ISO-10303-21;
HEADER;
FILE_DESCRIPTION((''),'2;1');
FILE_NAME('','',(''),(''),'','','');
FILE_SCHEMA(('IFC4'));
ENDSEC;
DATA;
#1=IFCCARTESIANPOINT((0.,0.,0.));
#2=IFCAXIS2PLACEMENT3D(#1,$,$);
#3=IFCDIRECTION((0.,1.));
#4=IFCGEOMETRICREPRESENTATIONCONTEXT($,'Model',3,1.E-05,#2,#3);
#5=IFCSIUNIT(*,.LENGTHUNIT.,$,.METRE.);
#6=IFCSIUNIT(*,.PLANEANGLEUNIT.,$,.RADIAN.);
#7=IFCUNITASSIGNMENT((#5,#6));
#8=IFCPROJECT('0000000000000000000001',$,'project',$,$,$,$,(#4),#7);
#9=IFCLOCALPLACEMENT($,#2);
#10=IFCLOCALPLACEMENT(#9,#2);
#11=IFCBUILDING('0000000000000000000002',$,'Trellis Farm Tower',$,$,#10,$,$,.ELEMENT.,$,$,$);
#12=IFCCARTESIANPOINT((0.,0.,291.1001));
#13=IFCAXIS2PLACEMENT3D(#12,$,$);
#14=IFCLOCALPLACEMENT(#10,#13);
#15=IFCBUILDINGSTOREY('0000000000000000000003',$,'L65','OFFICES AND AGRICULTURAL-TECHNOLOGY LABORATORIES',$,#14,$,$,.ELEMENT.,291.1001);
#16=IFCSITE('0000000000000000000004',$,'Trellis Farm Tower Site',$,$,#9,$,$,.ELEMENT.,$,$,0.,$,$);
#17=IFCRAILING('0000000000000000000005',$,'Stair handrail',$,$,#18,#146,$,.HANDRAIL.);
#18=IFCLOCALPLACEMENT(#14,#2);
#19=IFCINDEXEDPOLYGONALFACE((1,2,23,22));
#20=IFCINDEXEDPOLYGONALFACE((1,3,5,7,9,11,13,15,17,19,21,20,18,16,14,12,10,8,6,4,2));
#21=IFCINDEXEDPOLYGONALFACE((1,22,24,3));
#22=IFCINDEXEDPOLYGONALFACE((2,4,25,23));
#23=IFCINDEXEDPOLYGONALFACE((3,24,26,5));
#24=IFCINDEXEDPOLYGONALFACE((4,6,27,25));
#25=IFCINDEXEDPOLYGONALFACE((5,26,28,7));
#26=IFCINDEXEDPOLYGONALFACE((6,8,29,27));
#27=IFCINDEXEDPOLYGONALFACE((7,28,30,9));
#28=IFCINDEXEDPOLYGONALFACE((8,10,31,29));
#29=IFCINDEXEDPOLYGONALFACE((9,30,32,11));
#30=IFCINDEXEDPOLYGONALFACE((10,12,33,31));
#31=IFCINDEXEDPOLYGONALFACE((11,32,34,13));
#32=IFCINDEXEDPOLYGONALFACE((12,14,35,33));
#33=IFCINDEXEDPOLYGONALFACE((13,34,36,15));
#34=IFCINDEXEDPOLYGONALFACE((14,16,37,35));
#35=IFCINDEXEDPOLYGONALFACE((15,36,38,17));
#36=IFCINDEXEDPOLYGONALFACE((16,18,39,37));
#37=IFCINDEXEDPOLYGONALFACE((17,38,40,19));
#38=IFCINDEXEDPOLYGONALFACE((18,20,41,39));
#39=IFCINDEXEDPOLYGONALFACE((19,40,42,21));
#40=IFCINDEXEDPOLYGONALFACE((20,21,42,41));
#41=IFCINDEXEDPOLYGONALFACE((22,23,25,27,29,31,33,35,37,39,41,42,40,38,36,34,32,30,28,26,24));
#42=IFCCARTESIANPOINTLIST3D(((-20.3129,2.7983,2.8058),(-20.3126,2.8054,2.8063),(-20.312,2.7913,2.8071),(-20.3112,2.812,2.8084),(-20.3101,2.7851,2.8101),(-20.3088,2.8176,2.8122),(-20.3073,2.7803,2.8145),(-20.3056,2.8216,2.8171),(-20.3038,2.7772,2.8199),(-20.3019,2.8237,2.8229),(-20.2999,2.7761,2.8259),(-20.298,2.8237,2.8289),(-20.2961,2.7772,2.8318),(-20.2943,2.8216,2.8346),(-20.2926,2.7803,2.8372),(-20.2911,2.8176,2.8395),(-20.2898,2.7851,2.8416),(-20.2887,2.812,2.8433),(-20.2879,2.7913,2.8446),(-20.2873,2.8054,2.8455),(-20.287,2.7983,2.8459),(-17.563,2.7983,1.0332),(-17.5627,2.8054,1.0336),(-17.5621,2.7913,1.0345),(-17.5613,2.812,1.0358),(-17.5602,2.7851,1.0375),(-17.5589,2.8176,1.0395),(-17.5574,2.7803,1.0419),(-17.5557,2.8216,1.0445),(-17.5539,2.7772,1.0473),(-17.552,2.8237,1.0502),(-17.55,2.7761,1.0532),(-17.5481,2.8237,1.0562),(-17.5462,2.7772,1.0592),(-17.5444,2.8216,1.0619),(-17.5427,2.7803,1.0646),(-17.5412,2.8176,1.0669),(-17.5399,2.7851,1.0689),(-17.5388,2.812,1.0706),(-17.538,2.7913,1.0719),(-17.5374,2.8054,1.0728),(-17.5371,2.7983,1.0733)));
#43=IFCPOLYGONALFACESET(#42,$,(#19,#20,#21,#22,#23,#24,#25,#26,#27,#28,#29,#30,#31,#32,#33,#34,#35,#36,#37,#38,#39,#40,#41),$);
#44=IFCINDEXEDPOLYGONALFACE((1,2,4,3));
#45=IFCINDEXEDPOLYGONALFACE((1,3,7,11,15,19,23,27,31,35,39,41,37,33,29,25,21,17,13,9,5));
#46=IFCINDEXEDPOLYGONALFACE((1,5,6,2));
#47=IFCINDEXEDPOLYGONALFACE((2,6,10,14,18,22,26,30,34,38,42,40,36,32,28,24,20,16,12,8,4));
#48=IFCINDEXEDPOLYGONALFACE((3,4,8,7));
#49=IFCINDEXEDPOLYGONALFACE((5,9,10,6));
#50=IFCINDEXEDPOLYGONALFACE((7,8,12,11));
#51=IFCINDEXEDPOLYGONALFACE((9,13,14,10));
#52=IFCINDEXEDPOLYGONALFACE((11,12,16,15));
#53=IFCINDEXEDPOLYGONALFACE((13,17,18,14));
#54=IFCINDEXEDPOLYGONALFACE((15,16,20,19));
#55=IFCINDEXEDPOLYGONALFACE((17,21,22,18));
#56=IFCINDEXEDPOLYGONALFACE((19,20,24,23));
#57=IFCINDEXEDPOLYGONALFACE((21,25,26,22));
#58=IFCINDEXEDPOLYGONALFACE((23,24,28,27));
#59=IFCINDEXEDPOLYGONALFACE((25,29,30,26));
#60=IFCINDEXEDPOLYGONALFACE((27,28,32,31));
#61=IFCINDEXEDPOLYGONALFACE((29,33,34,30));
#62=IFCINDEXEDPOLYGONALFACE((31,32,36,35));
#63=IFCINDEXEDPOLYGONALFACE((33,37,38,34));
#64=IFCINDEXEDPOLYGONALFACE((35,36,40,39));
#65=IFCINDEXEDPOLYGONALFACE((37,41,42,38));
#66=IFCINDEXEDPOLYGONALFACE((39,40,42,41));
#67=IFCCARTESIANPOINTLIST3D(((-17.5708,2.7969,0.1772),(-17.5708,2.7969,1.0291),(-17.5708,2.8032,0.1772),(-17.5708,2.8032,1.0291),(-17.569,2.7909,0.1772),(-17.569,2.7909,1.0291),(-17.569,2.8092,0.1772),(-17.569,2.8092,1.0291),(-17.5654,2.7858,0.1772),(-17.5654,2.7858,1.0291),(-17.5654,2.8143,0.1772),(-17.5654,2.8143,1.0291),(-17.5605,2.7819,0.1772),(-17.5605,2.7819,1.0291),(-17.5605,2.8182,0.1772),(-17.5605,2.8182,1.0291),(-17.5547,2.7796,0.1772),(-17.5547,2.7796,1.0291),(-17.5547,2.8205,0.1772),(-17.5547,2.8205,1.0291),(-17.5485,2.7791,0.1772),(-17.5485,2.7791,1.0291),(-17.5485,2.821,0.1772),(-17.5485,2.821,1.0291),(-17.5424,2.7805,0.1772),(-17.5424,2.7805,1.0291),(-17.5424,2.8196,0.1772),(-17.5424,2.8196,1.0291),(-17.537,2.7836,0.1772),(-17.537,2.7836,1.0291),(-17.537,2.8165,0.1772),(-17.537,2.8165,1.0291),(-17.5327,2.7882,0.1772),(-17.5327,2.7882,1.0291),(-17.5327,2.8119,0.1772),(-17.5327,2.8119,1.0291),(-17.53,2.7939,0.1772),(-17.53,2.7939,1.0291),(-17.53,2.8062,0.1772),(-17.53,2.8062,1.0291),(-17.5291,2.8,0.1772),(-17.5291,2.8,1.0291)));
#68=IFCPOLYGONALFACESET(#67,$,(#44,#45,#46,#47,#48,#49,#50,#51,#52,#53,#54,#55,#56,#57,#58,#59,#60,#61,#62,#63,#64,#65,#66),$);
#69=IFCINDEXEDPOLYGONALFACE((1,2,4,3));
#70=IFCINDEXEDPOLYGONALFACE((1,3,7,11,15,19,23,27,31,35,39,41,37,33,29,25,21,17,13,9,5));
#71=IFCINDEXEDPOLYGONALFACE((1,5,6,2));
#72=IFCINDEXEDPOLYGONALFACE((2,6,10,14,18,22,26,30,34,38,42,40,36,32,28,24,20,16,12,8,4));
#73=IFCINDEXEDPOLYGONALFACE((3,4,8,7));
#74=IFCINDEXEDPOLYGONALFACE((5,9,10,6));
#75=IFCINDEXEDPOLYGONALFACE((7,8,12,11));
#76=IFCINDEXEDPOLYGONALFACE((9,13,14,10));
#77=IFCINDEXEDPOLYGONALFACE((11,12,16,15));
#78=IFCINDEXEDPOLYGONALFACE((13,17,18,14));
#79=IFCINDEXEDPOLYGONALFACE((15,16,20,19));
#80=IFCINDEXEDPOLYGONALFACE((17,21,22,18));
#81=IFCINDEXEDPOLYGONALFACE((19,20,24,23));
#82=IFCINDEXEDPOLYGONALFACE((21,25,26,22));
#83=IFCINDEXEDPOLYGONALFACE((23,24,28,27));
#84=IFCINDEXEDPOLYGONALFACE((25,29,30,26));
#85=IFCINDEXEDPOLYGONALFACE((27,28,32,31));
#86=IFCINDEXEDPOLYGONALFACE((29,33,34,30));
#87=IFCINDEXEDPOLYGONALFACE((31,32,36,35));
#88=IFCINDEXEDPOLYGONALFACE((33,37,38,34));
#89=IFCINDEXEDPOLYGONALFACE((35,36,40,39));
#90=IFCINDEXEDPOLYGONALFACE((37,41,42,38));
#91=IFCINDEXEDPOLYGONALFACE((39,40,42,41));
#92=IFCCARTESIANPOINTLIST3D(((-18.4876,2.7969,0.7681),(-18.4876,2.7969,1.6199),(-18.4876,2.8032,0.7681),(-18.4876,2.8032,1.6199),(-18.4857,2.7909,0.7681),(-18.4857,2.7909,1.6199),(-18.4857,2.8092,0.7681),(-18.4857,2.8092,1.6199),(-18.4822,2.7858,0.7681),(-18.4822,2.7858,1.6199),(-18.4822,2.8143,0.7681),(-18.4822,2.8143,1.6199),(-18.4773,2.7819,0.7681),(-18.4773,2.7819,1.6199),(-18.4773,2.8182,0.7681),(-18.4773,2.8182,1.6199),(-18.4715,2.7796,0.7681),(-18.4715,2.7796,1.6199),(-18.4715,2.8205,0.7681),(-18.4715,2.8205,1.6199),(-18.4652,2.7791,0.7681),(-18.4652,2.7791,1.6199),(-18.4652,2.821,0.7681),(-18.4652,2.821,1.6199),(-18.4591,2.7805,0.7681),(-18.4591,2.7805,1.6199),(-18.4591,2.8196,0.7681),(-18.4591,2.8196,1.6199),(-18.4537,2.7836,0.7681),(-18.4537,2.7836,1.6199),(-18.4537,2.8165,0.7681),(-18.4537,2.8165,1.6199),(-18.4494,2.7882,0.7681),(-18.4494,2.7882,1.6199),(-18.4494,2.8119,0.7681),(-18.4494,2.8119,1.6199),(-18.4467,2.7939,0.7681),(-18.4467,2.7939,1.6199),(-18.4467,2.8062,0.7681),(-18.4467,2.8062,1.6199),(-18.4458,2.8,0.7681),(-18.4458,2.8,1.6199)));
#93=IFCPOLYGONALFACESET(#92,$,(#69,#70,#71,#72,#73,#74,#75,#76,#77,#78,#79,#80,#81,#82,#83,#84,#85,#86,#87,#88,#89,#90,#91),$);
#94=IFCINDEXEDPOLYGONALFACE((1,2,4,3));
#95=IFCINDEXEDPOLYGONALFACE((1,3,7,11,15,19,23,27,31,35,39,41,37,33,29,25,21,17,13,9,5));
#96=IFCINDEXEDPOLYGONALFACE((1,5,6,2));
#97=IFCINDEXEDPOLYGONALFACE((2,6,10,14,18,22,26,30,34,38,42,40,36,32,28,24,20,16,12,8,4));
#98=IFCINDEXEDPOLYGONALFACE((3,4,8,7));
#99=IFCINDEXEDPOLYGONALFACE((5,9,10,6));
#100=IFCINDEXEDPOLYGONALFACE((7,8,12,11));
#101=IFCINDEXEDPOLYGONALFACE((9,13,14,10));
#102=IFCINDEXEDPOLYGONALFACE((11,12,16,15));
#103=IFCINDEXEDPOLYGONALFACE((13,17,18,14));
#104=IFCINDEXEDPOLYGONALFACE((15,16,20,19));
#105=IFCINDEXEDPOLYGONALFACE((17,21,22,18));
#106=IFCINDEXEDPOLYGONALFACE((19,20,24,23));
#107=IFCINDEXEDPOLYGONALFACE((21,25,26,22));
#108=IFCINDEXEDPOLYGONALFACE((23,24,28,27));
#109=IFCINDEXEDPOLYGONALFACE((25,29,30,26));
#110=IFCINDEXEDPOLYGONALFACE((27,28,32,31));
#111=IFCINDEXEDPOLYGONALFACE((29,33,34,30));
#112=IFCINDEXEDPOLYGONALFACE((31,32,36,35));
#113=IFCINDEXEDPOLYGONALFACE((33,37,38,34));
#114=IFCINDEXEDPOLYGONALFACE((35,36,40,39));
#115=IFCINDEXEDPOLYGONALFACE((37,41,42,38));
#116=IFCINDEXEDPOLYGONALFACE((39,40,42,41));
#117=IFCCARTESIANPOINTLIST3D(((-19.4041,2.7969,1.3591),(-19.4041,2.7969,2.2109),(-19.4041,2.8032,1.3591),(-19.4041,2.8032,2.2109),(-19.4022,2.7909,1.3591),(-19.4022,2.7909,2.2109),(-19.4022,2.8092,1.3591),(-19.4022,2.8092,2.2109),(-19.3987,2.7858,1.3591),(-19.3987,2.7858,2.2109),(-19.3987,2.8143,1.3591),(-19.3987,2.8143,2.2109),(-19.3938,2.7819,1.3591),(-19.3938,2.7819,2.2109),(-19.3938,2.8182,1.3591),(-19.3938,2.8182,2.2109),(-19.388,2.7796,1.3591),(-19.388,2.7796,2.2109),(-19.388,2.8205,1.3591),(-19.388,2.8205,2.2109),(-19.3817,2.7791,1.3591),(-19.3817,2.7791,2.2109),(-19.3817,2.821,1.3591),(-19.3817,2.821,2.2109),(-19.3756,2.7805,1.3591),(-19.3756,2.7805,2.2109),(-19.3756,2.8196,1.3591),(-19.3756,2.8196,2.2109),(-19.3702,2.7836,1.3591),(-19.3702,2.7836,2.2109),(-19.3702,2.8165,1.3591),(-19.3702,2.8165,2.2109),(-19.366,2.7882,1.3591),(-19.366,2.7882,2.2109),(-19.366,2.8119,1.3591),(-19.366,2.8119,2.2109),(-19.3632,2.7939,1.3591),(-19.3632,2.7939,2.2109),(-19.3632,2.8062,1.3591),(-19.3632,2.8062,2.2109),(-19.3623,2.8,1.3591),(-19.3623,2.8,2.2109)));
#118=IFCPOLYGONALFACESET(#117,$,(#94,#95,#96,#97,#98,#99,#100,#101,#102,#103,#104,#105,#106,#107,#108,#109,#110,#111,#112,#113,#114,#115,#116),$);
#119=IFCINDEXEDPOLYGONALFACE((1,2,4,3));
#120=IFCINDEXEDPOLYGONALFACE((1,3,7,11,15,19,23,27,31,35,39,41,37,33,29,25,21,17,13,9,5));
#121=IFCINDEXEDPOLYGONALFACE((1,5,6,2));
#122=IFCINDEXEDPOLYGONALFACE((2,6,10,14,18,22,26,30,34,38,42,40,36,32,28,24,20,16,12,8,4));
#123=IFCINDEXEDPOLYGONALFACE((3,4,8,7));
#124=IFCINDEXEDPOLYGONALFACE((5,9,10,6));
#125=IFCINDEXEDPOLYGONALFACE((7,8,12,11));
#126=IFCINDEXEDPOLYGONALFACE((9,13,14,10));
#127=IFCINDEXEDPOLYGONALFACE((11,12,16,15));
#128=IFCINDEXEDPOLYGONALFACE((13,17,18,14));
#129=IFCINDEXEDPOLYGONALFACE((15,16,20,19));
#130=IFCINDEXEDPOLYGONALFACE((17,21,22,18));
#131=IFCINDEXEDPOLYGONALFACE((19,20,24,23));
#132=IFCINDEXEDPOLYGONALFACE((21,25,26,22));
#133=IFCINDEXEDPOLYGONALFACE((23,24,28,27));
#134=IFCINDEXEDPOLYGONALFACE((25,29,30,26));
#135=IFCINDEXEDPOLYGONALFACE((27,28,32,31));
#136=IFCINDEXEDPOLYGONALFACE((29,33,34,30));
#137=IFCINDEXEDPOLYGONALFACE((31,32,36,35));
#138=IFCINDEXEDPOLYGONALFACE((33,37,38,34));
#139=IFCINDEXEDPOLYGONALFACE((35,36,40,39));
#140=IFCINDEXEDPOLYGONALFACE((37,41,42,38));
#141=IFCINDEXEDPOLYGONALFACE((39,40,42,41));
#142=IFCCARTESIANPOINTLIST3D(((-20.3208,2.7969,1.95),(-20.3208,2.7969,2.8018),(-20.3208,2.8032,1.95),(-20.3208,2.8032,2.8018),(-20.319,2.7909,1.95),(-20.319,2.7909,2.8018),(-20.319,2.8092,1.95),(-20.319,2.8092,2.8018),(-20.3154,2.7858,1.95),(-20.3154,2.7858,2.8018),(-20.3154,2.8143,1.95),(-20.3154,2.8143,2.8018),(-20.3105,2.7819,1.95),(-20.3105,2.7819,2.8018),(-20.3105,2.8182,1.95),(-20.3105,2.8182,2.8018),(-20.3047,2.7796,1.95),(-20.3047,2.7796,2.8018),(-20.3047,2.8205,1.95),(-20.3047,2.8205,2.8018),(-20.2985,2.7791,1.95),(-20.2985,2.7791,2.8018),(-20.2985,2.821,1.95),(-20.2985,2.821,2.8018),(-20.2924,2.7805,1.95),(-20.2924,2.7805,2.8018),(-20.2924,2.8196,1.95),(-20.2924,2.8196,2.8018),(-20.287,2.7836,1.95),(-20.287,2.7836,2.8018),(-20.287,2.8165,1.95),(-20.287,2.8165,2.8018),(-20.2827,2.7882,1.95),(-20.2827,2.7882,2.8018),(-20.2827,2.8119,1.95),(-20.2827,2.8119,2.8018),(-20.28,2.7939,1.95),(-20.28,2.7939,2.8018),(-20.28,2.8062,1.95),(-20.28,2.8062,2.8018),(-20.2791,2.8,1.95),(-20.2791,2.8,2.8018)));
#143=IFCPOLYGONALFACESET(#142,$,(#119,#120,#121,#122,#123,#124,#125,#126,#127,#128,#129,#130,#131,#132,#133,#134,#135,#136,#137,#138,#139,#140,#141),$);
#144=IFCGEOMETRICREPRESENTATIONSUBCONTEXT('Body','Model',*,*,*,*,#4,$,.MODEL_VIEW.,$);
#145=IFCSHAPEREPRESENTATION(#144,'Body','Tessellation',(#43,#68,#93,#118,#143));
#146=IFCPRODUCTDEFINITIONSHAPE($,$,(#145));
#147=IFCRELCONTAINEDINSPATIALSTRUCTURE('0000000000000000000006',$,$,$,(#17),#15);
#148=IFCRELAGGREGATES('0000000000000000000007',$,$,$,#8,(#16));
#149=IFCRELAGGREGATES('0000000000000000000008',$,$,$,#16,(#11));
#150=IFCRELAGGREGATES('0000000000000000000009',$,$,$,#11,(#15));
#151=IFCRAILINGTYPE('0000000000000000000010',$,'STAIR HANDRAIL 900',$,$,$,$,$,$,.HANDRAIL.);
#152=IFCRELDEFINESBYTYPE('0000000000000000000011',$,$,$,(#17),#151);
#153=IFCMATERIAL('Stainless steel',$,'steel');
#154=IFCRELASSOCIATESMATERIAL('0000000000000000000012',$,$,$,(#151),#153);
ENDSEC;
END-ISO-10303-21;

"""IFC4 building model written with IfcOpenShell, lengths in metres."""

from ifc_helpers import new_model, si_unit, direction, frame, origin, origin_2d, place, context, subcontext, project, spatial, circle, extrude, source, transform, mapped, material, type_object, element, save


model = new_model("IFC4")

# Units and contexts
model_context = context("Model", 3, precision=1e-05, world=origin(), true_north=direction((0.0, 1.0)))
body_context = subcontext(model_context, "Body", "Model", "MODEL_VIEW")
ifc_project = project(units=[si_unit("LENGTHUNIT", "METRE"), si_unit("PLANEANGLEUNIT", "RADIAN")], contexts=[model_context])

# Site, building, storey
site_placement = place(None, origin())
site = spatial("IfcSite", under=ifc_project, at=site_placement, Name="Trellis Farm Tower Site", CompositionType="ELEMENT", RefElevation=0.0)
building_placement = place(site_placement, origin())
building = spatial("IfcBuilding", under=site, at=building_placement, Name="Trellis Farm Tower", CompositionType="ELEMENT")
storey_placement = place(building_placement, frame((0.0, 0.0, 291.1001)))
storey = spatial("IfcBuildingStorey", under=building, at=storey_placement, Name="L65", Description="OFFICES AND AGRICULTURAL-TECHNOLOGY LABORATORIES", CompositionType="ELEMENT", Elevation=291.1001)

# Railing
ifc_material_1 = material(Name="Stainless steel", Category="steel")
railing_type = type_object("IfcRailingType", Name="STAIR HANDRAIL 900", PredefinedType="HANDRAIL", material=ifc_material_1)
shared_shape_1 = source(origin(), body_context, "Body", "SweptSolid", [
    extrude(circle(Radius=0.0239, at=origin_2d()), frame((0.0, 0.0, 0.876), z_axis=(-0.840504, 0.0, 0.541806), x_axis=(0.0, -1.0, 0.0)), (0.0, 0.0, 1.0), 3.2717),
    extrude(circle(Radius=0.021, at=origin_2d()), origin(), (0.0, 0.0, 1.0), 0.8518),
    extrude(circle(Radius=0.021, at=origin_2d()), frame((-0.9167, 0.0, 0.5908)), (0.0, 0.0, 1.0), 0.8518),
    extrude(circle(Radius=0.021, at=origin_2d()), frame((-1.8333, 0.0, 1.1819)), (0.0, 0.0, 1.0), 0.8518),
    extrude(circle(Radius=0.021, at=origin_2d()), frame((-2.75, 0.0, 1.7727)), (0.0, 0.0, 1.0), 0.8518),
])
railing_placement = place(storey_placement, frame((-17.55, 2.8, 0.1772)))
element("IfcRailing", 1, at=railing_placement, inside=storey, type_object=railing_type, Name="Stair handrail", PredefinedType="HANDRAIL", context=body_context, shape_type="MappedRepresentation", body=[
    mapped(shared_shape_1, transform((0.0, 0.0, 0.0))),
])

save(model, "model.ifc")
